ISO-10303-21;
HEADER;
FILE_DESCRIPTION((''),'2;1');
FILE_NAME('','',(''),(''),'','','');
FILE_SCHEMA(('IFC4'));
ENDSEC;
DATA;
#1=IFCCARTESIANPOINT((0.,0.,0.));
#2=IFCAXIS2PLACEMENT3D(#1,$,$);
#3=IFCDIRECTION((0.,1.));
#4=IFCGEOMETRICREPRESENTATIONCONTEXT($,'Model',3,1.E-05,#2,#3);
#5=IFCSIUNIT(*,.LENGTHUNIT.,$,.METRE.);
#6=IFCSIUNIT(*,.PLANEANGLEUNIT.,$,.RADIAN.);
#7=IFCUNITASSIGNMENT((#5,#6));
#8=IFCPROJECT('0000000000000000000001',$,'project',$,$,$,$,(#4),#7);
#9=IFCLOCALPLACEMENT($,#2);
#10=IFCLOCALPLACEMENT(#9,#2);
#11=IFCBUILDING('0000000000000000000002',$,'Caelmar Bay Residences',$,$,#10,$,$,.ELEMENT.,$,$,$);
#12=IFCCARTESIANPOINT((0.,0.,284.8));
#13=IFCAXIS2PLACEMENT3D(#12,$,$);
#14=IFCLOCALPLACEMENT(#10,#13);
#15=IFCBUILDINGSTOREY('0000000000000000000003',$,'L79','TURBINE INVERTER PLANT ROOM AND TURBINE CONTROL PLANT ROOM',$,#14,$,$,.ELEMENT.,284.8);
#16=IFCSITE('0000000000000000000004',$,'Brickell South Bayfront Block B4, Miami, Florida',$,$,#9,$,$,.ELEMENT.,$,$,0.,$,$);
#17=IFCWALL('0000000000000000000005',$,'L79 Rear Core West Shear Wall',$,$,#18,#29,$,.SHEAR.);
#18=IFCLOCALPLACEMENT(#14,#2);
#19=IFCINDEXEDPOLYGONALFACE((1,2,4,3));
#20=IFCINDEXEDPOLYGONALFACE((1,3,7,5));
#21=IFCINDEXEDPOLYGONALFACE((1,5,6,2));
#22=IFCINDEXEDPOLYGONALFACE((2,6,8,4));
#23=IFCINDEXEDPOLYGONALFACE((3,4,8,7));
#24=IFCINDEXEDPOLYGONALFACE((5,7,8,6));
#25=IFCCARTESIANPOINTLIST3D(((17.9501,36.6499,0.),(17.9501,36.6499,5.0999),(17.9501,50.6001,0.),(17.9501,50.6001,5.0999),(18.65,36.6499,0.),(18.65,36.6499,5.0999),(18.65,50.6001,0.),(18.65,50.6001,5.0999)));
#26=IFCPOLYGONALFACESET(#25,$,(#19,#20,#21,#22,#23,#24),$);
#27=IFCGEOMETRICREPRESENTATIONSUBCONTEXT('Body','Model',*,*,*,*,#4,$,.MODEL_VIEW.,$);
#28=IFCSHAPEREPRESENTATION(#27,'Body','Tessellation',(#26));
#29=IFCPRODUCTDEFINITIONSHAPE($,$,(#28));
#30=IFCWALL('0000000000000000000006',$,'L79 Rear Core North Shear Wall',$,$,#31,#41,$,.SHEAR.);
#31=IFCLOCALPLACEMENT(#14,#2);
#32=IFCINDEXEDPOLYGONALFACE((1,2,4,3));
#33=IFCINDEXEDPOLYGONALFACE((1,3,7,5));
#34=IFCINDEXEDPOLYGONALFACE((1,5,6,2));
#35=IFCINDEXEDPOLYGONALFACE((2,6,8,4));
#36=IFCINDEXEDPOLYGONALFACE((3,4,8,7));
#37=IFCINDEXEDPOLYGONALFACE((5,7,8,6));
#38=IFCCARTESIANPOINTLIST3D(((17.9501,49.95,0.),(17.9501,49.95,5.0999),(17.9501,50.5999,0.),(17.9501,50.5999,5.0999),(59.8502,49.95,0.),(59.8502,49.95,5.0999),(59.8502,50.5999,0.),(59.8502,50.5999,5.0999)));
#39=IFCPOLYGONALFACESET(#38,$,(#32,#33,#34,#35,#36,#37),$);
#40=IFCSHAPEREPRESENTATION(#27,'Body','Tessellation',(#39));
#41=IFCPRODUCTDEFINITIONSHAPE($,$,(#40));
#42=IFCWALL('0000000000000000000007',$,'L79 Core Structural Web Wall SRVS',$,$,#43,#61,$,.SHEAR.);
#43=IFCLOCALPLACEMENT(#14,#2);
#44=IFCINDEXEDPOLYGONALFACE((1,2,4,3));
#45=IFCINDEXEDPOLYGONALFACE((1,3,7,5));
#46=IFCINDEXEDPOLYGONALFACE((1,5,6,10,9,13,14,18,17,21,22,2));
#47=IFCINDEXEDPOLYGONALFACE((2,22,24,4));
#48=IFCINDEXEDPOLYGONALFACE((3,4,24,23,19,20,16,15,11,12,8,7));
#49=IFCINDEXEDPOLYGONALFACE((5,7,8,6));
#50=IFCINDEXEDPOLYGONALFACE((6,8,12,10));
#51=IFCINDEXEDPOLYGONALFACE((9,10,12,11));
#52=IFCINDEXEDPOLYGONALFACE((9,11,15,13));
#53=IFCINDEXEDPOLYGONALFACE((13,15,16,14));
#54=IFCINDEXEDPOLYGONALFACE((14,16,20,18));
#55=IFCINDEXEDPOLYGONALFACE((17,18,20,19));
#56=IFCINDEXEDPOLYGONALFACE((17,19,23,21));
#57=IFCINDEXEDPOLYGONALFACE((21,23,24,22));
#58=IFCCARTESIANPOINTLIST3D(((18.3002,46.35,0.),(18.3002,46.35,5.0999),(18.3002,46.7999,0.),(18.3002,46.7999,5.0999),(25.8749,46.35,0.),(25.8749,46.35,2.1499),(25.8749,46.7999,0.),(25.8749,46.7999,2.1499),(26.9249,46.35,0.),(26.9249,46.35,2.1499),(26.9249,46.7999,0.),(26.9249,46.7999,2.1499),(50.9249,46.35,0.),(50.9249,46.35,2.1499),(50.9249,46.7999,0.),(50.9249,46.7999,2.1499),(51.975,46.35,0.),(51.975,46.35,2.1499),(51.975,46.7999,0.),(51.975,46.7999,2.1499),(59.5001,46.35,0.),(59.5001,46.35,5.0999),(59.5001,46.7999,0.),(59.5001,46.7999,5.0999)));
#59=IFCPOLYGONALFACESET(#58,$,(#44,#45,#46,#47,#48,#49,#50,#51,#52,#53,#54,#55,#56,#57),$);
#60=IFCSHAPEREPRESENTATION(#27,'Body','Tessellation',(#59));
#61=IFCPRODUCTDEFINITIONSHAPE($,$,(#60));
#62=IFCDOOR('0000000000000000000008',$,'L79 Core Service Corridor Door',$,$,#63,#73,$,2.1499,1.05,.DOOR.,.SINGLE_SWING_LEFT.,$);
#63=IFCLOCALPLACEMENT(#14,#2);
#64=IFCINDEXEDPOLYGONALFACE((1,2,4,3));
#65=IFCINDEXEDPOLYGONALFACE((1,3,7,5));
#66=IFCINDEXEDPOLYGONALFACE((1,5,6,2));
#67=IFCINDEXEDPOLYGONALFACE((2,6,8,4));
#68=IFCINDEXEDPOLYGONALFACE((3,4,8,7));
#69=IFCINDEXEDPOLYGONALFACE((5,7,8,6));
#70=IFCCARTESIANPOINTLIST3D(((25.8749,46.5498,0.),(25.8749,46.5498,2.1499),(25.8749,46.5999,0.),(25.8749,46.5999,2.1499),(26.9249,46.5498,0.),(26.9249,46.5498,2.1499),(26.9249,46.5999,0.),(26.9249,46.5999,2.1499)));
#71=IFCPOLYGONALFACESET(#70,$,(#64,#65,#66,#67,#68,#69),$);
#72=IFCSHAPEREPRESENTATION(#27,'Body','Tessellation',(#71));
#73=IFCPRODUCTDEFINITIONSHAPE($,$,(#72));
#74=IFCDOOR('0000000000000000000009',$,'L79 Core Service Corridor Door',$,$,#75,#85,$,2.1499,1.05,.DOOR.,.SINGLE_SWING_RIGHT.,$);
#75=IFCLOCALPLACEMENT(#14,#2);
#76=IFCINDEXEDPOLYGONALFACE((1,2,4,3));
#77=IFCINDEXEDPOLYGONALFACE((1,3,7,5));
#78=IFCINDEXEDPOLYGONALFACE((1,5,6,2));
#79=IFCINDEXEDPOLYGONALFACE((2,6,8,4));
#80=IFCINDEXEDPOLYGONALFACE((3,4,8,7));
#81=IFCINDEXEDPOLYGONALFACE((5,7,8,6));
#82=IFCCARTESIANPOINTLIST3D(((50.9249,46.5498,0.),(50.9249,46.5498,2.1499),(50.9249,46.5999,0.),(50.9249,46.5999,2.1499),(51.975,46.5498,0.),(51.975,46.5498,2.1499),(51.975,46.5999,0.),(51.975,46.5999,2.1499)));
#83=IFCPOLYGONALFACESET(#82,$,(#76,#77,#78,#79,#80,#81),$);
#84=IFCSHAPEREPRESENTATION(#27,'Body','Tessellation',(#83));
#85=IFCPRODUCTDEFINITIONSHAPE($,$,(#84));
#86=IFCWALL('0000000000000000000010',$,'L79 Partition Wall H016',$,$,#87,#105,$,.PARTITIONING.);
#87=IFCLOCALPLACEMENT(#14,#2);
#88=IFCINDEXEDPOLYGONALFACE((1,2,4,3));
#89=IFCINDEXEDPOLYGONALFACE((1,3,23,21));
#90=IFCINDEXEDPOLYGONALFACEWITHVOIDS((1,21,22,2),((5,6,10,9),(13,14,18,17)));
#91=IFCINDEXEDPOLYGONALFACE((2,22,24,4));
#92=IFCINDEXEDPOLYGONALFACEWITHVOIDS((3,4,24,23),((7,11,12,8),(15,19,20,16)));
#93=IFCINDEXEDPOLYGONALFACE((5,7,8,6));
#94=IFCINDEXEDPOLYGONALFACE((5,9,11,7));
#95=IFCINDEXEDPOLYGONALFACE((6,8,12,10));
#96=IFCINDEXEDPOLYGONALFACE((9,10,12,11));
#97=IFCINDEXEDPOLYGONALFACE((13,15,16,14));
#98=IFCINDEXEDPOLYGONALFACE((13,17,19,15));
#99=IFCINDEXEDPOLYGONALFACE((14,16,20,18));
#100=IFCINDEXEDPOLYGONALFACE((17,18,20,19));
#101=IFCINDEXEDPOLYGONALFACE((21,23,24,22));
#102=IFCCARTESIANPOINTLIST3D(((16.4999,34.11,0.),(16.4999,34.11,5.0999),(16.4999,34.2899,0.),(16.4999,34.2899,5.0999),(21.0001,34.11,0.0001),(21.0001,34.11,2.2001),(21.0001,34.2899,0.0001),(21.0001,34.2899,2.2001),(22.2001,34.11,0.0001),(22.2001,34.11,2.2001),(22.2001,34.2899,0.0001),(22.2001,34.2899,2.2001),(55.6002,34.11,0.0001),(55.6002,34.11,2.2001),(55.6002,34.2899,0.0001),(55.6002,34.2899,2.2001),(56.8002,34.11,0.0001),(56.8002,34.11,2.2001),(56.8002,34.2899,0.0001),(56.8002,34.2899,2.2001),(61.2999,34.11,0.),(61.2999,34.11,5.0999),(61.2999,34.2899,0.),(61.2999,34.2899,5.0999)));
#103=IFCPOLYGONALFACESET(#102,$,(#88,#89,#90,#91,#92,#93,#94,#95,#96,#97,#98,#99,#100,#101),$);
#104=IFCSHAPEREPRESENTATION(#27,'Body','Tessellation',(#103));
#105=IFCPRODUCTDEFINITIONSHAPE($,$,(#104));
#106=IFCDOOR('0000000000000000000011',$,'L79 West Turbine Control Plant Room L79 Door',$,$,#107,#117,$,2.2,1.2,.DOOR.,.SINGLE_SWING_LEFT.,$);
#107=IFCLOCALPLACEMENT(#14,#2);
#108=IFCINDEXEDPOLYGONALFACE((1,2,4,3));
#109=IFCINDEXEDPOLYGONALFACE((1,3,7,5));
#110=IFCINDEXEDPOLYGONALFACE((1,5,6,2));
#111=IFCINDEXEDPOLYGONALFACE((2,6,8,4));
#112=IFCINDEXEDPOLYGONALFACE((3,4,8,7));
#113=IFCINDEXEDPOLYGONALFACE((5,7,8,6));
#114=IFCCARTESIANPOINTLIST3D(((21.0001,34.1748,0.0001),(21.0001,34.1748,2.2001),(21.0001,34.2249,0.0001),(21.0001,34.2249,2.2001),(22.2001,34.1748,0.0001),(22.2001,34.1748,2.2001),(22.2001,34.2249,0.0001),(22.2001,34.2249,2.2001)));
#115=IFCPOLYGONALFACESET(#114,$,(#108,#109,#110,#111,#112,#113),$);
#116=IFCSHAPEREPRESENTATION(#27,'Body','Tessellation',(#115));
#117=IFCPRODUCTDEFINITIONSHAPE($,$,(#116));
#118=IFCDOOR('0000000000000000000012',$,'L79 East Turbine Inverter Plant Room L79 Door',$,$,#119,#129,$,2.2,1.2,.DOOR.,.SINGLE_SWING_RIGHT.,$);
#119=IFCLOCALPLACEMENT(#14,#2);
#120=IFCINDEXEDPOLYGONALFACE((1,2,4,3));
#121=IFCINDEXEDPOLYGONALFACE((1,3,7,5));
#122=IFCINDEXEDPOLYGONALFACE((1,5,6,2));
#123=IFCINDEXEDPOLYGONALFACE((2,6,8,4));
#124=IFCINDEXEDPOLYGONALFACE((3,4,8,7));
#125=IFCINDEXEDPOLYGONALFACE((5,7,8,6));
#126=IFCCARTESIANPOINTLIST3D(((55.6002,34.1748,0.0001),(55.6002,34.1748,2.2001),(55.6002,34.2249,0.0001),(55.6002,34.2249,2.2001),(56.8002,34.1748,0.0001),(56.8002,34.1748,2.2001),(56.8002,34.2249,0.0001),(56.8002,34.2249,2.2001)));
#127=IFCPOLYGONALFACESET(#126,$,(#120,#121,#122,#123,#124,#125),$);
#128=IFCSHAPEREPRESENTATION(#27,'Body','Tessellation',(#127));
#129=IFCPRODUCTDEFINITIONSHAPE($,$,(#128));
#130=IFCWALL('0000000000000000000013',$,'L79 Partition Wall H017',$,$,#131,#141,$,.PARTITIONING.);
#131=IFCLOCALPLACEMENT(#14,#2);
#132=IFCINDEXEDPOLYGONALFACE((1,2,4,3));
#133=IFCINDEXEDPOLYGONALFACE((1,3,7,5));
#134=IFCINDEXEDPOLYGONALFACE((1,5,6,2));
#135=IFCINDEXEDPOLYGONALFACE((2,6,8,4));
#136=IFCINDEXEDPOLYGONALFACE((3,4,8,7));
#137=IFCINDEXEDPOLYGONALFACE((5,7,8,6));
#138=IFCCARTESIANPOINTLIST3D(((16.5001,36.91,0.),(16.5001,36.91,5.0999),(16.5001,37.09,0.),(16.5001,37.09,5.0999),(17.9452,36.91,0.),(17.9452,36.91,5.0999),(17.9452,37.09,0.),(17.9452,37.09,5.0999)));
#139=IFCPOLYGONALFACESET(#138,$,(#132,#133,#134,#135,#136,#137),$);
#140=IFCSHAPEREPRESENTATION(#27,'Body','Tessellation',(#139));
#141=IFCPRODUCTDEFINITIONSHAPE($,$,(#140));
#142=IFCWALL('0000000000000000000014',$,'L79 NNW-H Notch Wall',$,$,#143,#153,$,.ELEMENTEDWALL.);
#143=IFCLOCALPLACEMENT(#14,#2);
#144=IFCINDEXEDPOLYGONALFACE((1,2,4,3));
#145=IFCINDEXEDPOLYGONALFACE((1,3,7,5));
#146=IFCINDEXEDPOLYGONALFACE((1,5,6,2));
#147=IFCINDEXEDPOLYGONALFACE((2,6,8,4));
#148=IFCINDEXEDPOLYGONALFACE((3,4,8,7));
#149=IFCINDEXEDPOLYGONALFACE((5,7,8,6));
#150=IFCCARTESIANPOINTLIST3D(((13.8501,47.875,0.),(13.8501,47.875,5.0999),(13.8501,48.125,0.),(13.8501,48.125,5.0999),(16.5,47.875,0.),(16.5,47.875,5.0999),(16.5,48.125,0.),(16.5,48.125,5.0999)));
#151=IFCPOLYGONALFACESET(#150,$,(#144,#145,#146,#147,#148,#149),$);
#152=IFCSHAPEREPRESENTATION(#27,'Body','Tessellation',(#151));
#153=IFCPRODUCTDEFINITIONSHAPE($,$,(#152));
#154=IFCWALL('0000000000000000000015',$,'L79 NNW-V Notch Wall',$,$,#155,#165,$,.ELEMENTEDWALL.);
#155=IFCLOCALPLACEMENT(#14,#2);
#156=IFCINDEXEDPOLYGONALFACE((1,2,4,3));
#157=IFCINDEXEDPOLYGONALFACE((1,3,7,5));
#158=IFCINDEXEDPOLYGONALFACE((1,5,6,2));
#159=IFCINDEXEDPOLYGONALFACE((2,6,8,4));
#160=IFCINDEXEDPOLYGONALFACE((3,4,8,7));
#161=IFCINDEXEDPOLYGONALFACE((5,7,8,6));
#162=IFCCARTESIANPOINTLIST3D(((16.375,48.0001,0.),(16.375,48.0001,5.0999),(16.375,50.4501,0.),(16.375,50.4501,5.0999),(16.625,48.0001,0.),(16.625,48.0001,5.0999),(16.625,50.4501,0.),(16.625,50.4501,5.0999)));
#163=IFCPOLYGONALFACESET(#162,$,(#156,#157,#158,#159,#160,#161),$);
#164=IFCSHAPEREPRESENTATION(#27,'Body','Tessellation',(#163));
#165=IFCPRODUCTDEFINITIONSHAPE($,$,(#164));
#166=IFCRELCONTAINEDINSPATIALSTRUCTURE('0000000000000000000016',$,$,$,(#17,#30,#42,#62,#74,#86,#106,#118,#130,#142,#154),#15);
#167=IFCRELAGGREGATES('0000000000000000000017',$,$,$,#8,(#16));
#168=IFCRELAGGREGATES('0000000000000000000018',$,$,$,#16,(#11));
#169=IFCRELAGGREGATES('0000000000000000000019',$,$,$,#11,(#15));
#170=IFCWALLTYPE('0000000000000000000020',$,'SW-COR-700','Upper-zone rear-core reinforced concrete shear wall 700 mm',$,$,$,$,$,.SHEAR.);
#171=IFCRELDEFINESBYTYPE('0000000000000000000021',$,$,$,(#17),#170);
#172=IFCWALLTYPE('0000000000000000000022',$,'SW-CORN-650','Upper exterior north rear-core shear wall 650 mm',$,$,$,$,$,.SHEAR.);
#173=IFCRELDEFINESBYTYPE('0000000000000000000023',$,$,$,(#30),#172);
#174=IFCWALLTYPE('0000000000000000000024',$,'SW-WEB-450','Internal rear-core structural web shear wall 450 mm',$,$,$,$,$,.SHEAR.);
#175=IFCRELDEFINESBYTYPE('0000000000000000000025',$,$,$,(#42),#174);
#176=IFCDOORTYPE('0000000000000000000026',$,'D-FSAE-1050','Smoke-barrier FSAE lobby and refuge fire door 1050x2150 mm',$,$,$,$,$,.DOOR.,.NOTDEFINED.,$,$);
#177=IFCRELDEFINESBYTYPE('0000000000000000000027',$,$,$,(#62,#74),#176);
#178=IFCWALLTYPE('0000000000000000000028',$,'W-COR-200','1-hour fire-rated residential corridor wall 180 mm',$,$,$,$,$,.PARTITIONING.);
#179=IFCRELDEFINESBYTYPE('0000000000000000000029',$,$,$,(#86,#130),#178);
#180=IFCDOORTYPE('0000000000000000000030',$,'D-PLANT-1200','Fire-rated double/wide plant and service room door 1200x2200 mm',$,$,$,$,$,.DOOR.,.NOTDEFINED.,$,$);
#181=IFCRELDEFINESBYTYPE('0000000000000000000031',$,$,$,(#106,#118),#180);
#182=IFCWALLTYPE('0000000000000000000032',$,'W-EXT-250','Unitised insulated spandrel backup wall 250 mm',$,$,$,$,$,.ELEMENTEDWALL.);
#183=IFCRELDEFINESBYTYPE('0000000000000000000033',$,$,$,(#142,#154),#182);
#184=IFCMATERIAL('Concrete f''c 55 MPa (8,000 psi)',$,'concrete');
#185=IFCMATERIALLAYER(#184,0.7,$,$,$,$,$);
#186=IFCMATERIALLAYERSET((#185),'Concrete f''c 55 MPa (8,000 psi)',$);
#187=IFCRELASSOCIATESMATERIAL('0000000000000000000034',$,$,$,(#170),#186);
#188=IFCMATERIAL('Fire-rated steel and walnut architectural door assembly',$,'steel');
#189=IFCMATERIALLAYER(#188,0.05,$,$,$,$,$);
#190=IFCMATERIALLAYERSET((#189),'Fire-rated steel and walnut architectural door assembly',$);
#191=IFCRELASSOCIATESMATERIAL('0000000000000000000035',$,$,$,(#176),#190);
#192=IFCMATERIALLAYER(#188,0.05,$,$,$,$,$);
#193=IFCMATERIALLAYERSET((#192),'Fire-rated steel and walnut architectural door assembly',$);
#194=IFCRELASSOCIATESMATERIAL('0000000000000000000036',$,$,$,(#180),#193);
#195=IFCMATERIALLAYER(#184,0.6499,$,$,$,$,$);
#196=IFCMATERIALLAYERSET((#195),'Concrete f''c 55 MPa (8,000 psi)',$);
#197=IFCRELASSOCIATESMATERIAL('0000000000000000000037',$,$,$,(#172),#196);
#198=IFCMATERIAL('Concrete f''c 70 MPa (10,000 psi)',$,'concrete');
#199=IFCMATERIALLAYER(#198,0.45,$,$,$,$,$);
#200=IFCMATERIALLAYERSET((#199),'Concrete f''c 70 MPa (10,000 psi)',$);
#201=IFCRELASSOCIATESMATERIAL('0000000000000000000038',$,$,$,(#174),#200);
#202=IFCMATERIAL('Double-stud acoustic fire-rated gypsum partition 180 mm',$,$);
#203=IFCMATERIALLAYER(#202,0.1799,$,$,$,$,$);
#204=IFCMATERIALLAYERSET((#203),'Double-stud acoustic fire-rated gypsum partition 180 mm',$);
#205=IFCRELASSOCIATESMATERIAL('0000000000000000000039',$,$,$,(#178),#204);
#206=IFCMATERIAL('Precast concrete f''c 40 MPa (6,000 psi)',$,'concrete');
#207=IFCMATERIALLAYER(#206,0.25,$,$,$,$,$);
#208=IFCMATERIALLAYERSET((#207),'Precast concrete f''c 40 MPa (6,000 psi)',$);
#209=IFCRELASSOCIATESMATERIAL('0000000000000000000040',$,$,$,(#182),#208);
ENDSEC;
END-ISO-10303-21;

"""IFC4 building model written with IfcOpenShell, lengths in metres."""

from ifc_helpers import new_model, si_unit, direction, frame, frame_2d, origin, place, context, subcontext, project, spatial, rectangle, extrude, material, layer, layer_set, type_object, element, fill, save


model = new_model("IFC4")

# Units and contexts
model_context = context("Model", 3, precision=1e-05, world=origin(), true_north=direction((0.0, 1.0)))
body_context = subcontext(model_context, "Body", "Model", "MODEL_VIEW")
ifc_project = project(units=[si_unit("LENGTHUNIT", "METRE"), si_unit("PLANEANGLEUNIT", "RADIAN")], contexts=[model_context])

# Site, building, storey
site_placement = place(None, origin())
site = spatial("IfcSite", under=ifc_project, at=site_placement, Name="Brickell South Bayfront Block B4, Miami, Florida", CompositionType="ELEMENT", RefElevation=0.0)
building_placement = place(site_placement, origin())
building = spatial("IfcBuilding", under=site, at=building_placement, Name="Caelmar Bay Residences", CompositionType="ELEMENT")
storey_placement = place(building_placement, frame((0.0, 0.0, 284.8)))
storey = spatial("IfcBuildingStorey", under=building, at=storey_placement, Name="L79", Description="TURBINE INVERTER PLANT ROOM AND TURBINE CONTROL PLANT ROOM", CompositionType="ELEMENT", Elevation=284.8)

# Shared definitions
ifc_material_1 = material(Name="Concrete f'c 55 MPa (8,000 psi)", Category="concrete")
ifc_layer_1 = layer(ifc_material_1, 0.7)
ifc_layer_set_1 = layer_set([ifc_layer_1], Name="Concrete f'c 55 MPa (8,000 psi)")
wall_type_1 = type_object("IfcWallType", Name="SW-COR-700", Description="Upper-zone rear-core reinforced concrete shear wall 700 mm", PredefinedType="SHEAR", material=ifc_layer_set_1)
ifc_material_2 = material(Name="Fire-rated steel and walnut architectural door assembly", Category="steel")
ifc_layer_2 = layer(ifc_material_2, 0.05)
ifc_layer_set_2 = layer_set([ifc_layer_2], Name="Fire-rated steel and walnut architectural door assembly")
door_type_1 = type_object("IfcDoorType", Name="D-FSAE-1050", Description="Smoke-barrier FSAE lobby and refuge fire door 1050x2150 mm", OperationType="NOTDEFINED", PredefinedType="DOOR", material=ifc_layer_set_2)
ifc_layer_3 = layer(ifc_material_2, 0.05)
ifc_layer_set_3 = layer_set([ifc_layer_3], Name="Fire-rated steel and walnut architectural door assembly")
door_type_2 = type_object("IfcDoorType", Name="D-PLANT-1200", Description="Fire-rated double/wide plant and service room door 1200x2200 mm", OperationType="NOTDEFINED", PredefinedType="DOOR", material=ifc_layer_set_3)

# Walls
wall_1_placement = place(storey_placement, frame((18.3, 36.6499, 0.0), z_axis=(0.0, 0.0, 1.0), x_axis=(0.0, 1.0, 0.0)))
element("IfcWall", 1, at=wall_1_placement, inside=storey, type_object=wall_type_1, Name="L79 Rear Core West Shear Wall", PredefinedType="SHEAR", context=body_context, shape_type="SweptSolid", body=[
    extrude(rectangle(XDim=13.9502, YDim=0.7, at=frame_2d((6.9751, 0.0))), origin(), (0.0, 0.0, 1.0), 5.0999),
])
ifc_layer_4 = layer(ifc_material_1, 0.6499)
ifc_layer_set_4 = layer_set([ifc_layer_4], Name="Concrete f'c 55 MPa (8,000 psi)")
wall_type_2 = type_object("IfcWallType", Name="SW-CORN-650", Description="Upper exterior north rear-core shear wall 650 mm", PredefinedType="SHEAR", material=ifc_layer_set_4)
wall_2_placement = place(storey_placement, frame((17.95, 50.2749, 0.0), z_axis=(0.0, 0.0, 1.0), x_axis=(1.0, 0.0, 0.0)))
element("IfcWall", 2, at=wall_2_placement, inside=storey, type_object=wall_type_2, Name="L79 Rear Core North Shear Wall", PredefinedType="SHEAR", context=body_context, shape_type="SweptSolid", body=[
    extrude(rectangle(XDim=41.9001, YDim=0.6499, at=frame_2d((20.9502, 0.0))), origin(), (0.0, 0.0, 1.0), 5.0999),
])

# Walls, openings, doors
ifc_material_3 = material(Name="Concrete f'c 70 MPa (10,000 psi)", Category="concrete")
ifc_layer_5 = layer(ifc_material_3, 0.45)
ifc_layer_set_5 = layer_set([ifc_layer_5], Name="Concrete f'c 70 MPa (10,000 psi)")
wall_type_3 = type_object("IfcWallType", Name="SW-WEB-450", Description="Internal rear-core structural web shear wall 450 mm", PredefinedType="SHEAR", material=ifc_layer_set_5)
wall_3_placement = place(storey_placement, frame((18.3, 46.575, 0.0), z_axis=(0.0, 0.0, 1.0), x_axis=(1.0, 0.0, 0.0)))
wall_3 = element("IfcWall", 3, at=wall_3_placement, inside=storey, type_object=wall_type_3, Name="L79 Core Structural Web Wall SRVS", PredefinedType="SHEAR", context=body_context, shape_type="SweptSolid", body=[
    extrude(rectangle(XDim=41.2, YDim=0.45, at=frame_2d((20.6001, 0.0))), origin(), (0.0, 0.0, 1.0), 5.0999),
])
opening_1_placement = place(wall_3_placement, frame((7.575, 0.0, 0.0)))
opening_1 = element("IfcOpeningElement", 4, at=opening_1_placement, cuts=wall_3, PredefinedType="OPENING", context=body_context, shape_type="SweptSolid", body=[
    extrude(rectangle(XDim=1.05, YDim=2.1499, at=frame_2d((0.5249, 1.075))), frame((0.0, 0.2349, 0.0), z_axis=(0.0, -1.0, 0.0), x_axis=(1.0, 0.0, 0.0)), (0.0, 0.0, 1.0), 0.47),
])
opening_2_placement = place(wall_3_placement, frame((32.625, 0.0, 0.0)))
opening_2 = element("IfcOpeningElement", 5, at=opening_2_placement, cuts=wall_3, PredefinedType="OPENING", context=body_context, shape_type="SweptSolid", body=[
    extrude(rectangle(XDim=1.05, YDim=2.1499, at=frame_2d((0.5249, 1.075))), frame((0.0, 0.2349, 0.0), z_axis=(0.0, -1.0, 0.0), x_axis=(1.0, 0.0, 0.0)), (0.0, 0.0, 1.0), 0.47),
])
door_1_placement = place(opening_1_placement, origin())
door_1 = element("IfcDoor", 6, at=door_1_placement, inside=storey, type_object=door_type_1, Name="L79 Core Service Corridor Door", OperationType="SINGLE_SWING_LEFT", OverallHeight=2.1499, OverallWidth=1.05, PredefinedType="DOOR", context=body_context, shape_type="SweptSolid", body=[
    extrude(rectangle(XDim=1.05, YDim=2.1499, at=frame_2d((0.5249, 1.075))), frame((0.0, 0.0249, 0.0), z_axis=(0.0, -1.0, 0.0), x_axis=(1.0, 0.0, 0.0)), (0.0, 0.0, 1.0), 0.05),
])
fill(opening_1, door_1)
door_2_placement = place(opening_2_placement, origin())
door_2 = element("IfcDoor", 7, at=door_2_placement, inside=storey, type_object=door_type_1, Name="L79 Core Service Corridor Door", OperationType="SINGLE_SWING_RIGHT", OverallHeight=2.1499, OverallWidth=1.05, PredefinedType="DOOR", context=body_context, shape_type="SweptSolid", body=[
    extrude(rectangle(XDim=1.05, YDim=2.1499, at=frame_2d((0.5249, 1.075))), frame((0.0, 0.0249, 0.0), z_axis=(0.0, -1.0, 0.0), x_axis=(1.0, 0.0, 0.0)), (0.0, 0.0, 1.0), 0.05),
])
fill(opening_2, door_2)
ifc_material_4 = material(Name="Double-stud acoustic fire-rated gypsum partition 180 mm")
ifc_layer_6 = layer(ifc_material_4, 0.1799)
ifc_layer_set_6 = layer_set([ifc_layer_6], Name="Double-stud acoustic fire-rated gypsum partition 180 mm")
wall_type_4 = type_object("IfcWallType", Name="W-COR-200", Description="1-hour fire-rated residential corridor wall 180 mm", PredefinedType="PARTITIONING", material=ifc_layer_set_6)
wall_4_placement = place(storey_placement, frame((16.5, 34.2, 0.0), z_axis=(0.0, 0.0, 1.0), x_axis=(1.0, 0.0, 0.0)))
wall_4 = element("IfcWall", 8, at=wall_4_placement, inside=storey, type_object=wall_type_4, Name="L79 Partition Wall H016", PredefinedType="PARTITIONING", context=body_context, shape_type="SweptSolid", body=[
    extrude(rectangle(XDim=44.8, YDim=0.1799, at=frame_2d((22.3999, 0.0))), origin(), (0.0, 0.0, 1.0), 5.0999),
])
opening_3_placement = place(wall_4_placement, frame((4.5, 0.0, 0.0)))
opening_3 = element("IfcOpeningElement", 9, at=opening_3_placement, cuts=wall_4, PredefinedType="OPENING", context=body_context, shape_type="SweptSolid", body=[
    extrude(rectangle(XDim=1.2, YDim=2.2, at=frame_2d((0.6001, 1.1001))), frame((0.0, 0.0999, 0.0), z_axis=(0.0, -1.0, 0.0), x_axis=(1.0, 0.0, 0.0)), (0.0, 0.0, 1.0), 0.2),
])
opening_4_placement = place(wall_4_placement, frame((39.1001, 0.0, 0.0)))
opening_4 = element("IfcOpeningElement", 10, at=opening_4_placement, cuts=wall_4, PredefinedType="OPENING", context=body_context, shape_type="SweptSolid", body=[
    extrude(rectangle(XDim=1.2, YDim=2.2, at=frame_2d((0.6001, 1.1001))), frame((0.0, 0.0999, 0.0), z_axis=(0.0, -1.0, 0.0), x_axis=(1.0, 0.0, 0.0)), (0.0, 0.0, 1.0), 0.2),
])
door_3_placement = place(opening_3_placement, origin())
door_3 = element("IfcDoor", 11, at=door_3_placement, inside=storey, type_object=door_type_2, Name="L79 West Turbine Control Plant Room L79 Door", OperationType="SINGLE_SWING_LEFT", OverallHeight=2.2, OverallWidth=1.2, PredefinedType="DOOR", context=body_context, shape_type="SweptSolid", body=[
    extrude(rectangle(XDim=1.2, YDim=2.2, at=frame_2d((0.6001, 1.1001))), frame((0.0, 0.0249, 0.0), z_axis=(0.0, -1.0, 0.0), x_axis=(1.0, 0.0, 0.0)), (0.0, 0.0, 1.0), 0.05),
])
fill(opening_3, door_3)
door_4_placement = place(opening_4_placement, origin())
door_4 = element("IfcDoor", 12, at=door_4_placement, inside=storey, type_object=door_type_2, Name="L79 East Turbine Inverter Plant Room L79 Door", OperationType="SINGLE_SWING_RIGHT", OverallHeight=2.2, OverallWidth=1.2, PredefinedType="DOOR", context=body_context, shape_type="SweptSolid", body=[
    extrude(rectangle(XDim=1.2, YDim=2.2, at=frame_2d((0.6001, 1.1001))), frame((0.0, 0.0249, 0.0), z_axis=(0.0, -1.0, 0.0), x_axis=(1.0, 0.0, 0.0)), (0.0, 0.0, 1.0), 0.05),
])
fill(opening_4, door_4)

# Walls
wall_5_placement = place(storey_placement, frame((16.5, 37.0, 0.0), z_axis=(0.0, 0.0, 1.0), x_axis=(1.0, 0.0, 0.0)))
element("IfcWall", 13, at=wall_5_placement, inside=storey, type_object=wall_type_4, Name="L79 Partition Wall H017", PredefinedType="PARTITIONING", context=body_context, shape_type="SweptSolid", body=[
    extrude(rectangle(XDim=1.4451, YDim=0.1799, at=frame_2d((0.7227, 0.0))), origin(), (0.0, 0.0, 1.0), 5.0999),
])
ifc_material_5 = material(Name="Precast concrete f'c 40 MPa (6,000 psi)", Category="concrete")
ifc_layer_7 = layer(ifc_material_5, 0.25)
ifc_layer_set_7 = layer_set([ifc_layer_7], Name="Precast concrete f'c 40 MPa (6,000 psi)")
wall_type_5 = type_object("IfcWallType", Name="W-EXT-250", Description="Unitised insulated spandrel backup wall 250 mm", PredefinedType="ELEMENTEDWALL", material=ifc_layer_set_7)
wall_6_placement = place(storey_placement, frame((13.8501, 48.0, 0.0), z_axis=(0.0, 0.0, 1.0), x_axis=(1.0, 0.0, 0.0)))
element("IfcWall", 14, at=wall_6_placement, inside=storey, type_object=wall_type_5, Name="L79 NNW-H Notch Wall", PredefinedType="ELEMENTEDWALL", context=body_context, shape_type="SweptSolid", body=[
    extrude(rectangle(XDim=2.6499, YDim=0.25, at=frame_2d((1.325, 0.0))), origin(), (0.0, 0.0, 1.0), 5.0999),
])
wall_7_placement = place(storey_placement, frame((16.5, 48.0, 0.0), z_axis=(0.0, 0.0, 1.0), x_axis=(0.0, 1.0, 0.0)))
element("IfcWall", 15, at=wall_7_placement, inside=storey, type_object=wall_type_5, Name="L79 NNW-V Notch Wall", PredefinedType="ELEMENTEDWALL", context=body_context, shape_type="SweptSolid", body=[
    extrude(rectangle(XDim=2.45, YDim=0.25, at=frame_2d((1.2251, 0.0))), origin(), (0.0, 0.0, 1.0), 5.0999),
])

save(model, "model.ifc")
